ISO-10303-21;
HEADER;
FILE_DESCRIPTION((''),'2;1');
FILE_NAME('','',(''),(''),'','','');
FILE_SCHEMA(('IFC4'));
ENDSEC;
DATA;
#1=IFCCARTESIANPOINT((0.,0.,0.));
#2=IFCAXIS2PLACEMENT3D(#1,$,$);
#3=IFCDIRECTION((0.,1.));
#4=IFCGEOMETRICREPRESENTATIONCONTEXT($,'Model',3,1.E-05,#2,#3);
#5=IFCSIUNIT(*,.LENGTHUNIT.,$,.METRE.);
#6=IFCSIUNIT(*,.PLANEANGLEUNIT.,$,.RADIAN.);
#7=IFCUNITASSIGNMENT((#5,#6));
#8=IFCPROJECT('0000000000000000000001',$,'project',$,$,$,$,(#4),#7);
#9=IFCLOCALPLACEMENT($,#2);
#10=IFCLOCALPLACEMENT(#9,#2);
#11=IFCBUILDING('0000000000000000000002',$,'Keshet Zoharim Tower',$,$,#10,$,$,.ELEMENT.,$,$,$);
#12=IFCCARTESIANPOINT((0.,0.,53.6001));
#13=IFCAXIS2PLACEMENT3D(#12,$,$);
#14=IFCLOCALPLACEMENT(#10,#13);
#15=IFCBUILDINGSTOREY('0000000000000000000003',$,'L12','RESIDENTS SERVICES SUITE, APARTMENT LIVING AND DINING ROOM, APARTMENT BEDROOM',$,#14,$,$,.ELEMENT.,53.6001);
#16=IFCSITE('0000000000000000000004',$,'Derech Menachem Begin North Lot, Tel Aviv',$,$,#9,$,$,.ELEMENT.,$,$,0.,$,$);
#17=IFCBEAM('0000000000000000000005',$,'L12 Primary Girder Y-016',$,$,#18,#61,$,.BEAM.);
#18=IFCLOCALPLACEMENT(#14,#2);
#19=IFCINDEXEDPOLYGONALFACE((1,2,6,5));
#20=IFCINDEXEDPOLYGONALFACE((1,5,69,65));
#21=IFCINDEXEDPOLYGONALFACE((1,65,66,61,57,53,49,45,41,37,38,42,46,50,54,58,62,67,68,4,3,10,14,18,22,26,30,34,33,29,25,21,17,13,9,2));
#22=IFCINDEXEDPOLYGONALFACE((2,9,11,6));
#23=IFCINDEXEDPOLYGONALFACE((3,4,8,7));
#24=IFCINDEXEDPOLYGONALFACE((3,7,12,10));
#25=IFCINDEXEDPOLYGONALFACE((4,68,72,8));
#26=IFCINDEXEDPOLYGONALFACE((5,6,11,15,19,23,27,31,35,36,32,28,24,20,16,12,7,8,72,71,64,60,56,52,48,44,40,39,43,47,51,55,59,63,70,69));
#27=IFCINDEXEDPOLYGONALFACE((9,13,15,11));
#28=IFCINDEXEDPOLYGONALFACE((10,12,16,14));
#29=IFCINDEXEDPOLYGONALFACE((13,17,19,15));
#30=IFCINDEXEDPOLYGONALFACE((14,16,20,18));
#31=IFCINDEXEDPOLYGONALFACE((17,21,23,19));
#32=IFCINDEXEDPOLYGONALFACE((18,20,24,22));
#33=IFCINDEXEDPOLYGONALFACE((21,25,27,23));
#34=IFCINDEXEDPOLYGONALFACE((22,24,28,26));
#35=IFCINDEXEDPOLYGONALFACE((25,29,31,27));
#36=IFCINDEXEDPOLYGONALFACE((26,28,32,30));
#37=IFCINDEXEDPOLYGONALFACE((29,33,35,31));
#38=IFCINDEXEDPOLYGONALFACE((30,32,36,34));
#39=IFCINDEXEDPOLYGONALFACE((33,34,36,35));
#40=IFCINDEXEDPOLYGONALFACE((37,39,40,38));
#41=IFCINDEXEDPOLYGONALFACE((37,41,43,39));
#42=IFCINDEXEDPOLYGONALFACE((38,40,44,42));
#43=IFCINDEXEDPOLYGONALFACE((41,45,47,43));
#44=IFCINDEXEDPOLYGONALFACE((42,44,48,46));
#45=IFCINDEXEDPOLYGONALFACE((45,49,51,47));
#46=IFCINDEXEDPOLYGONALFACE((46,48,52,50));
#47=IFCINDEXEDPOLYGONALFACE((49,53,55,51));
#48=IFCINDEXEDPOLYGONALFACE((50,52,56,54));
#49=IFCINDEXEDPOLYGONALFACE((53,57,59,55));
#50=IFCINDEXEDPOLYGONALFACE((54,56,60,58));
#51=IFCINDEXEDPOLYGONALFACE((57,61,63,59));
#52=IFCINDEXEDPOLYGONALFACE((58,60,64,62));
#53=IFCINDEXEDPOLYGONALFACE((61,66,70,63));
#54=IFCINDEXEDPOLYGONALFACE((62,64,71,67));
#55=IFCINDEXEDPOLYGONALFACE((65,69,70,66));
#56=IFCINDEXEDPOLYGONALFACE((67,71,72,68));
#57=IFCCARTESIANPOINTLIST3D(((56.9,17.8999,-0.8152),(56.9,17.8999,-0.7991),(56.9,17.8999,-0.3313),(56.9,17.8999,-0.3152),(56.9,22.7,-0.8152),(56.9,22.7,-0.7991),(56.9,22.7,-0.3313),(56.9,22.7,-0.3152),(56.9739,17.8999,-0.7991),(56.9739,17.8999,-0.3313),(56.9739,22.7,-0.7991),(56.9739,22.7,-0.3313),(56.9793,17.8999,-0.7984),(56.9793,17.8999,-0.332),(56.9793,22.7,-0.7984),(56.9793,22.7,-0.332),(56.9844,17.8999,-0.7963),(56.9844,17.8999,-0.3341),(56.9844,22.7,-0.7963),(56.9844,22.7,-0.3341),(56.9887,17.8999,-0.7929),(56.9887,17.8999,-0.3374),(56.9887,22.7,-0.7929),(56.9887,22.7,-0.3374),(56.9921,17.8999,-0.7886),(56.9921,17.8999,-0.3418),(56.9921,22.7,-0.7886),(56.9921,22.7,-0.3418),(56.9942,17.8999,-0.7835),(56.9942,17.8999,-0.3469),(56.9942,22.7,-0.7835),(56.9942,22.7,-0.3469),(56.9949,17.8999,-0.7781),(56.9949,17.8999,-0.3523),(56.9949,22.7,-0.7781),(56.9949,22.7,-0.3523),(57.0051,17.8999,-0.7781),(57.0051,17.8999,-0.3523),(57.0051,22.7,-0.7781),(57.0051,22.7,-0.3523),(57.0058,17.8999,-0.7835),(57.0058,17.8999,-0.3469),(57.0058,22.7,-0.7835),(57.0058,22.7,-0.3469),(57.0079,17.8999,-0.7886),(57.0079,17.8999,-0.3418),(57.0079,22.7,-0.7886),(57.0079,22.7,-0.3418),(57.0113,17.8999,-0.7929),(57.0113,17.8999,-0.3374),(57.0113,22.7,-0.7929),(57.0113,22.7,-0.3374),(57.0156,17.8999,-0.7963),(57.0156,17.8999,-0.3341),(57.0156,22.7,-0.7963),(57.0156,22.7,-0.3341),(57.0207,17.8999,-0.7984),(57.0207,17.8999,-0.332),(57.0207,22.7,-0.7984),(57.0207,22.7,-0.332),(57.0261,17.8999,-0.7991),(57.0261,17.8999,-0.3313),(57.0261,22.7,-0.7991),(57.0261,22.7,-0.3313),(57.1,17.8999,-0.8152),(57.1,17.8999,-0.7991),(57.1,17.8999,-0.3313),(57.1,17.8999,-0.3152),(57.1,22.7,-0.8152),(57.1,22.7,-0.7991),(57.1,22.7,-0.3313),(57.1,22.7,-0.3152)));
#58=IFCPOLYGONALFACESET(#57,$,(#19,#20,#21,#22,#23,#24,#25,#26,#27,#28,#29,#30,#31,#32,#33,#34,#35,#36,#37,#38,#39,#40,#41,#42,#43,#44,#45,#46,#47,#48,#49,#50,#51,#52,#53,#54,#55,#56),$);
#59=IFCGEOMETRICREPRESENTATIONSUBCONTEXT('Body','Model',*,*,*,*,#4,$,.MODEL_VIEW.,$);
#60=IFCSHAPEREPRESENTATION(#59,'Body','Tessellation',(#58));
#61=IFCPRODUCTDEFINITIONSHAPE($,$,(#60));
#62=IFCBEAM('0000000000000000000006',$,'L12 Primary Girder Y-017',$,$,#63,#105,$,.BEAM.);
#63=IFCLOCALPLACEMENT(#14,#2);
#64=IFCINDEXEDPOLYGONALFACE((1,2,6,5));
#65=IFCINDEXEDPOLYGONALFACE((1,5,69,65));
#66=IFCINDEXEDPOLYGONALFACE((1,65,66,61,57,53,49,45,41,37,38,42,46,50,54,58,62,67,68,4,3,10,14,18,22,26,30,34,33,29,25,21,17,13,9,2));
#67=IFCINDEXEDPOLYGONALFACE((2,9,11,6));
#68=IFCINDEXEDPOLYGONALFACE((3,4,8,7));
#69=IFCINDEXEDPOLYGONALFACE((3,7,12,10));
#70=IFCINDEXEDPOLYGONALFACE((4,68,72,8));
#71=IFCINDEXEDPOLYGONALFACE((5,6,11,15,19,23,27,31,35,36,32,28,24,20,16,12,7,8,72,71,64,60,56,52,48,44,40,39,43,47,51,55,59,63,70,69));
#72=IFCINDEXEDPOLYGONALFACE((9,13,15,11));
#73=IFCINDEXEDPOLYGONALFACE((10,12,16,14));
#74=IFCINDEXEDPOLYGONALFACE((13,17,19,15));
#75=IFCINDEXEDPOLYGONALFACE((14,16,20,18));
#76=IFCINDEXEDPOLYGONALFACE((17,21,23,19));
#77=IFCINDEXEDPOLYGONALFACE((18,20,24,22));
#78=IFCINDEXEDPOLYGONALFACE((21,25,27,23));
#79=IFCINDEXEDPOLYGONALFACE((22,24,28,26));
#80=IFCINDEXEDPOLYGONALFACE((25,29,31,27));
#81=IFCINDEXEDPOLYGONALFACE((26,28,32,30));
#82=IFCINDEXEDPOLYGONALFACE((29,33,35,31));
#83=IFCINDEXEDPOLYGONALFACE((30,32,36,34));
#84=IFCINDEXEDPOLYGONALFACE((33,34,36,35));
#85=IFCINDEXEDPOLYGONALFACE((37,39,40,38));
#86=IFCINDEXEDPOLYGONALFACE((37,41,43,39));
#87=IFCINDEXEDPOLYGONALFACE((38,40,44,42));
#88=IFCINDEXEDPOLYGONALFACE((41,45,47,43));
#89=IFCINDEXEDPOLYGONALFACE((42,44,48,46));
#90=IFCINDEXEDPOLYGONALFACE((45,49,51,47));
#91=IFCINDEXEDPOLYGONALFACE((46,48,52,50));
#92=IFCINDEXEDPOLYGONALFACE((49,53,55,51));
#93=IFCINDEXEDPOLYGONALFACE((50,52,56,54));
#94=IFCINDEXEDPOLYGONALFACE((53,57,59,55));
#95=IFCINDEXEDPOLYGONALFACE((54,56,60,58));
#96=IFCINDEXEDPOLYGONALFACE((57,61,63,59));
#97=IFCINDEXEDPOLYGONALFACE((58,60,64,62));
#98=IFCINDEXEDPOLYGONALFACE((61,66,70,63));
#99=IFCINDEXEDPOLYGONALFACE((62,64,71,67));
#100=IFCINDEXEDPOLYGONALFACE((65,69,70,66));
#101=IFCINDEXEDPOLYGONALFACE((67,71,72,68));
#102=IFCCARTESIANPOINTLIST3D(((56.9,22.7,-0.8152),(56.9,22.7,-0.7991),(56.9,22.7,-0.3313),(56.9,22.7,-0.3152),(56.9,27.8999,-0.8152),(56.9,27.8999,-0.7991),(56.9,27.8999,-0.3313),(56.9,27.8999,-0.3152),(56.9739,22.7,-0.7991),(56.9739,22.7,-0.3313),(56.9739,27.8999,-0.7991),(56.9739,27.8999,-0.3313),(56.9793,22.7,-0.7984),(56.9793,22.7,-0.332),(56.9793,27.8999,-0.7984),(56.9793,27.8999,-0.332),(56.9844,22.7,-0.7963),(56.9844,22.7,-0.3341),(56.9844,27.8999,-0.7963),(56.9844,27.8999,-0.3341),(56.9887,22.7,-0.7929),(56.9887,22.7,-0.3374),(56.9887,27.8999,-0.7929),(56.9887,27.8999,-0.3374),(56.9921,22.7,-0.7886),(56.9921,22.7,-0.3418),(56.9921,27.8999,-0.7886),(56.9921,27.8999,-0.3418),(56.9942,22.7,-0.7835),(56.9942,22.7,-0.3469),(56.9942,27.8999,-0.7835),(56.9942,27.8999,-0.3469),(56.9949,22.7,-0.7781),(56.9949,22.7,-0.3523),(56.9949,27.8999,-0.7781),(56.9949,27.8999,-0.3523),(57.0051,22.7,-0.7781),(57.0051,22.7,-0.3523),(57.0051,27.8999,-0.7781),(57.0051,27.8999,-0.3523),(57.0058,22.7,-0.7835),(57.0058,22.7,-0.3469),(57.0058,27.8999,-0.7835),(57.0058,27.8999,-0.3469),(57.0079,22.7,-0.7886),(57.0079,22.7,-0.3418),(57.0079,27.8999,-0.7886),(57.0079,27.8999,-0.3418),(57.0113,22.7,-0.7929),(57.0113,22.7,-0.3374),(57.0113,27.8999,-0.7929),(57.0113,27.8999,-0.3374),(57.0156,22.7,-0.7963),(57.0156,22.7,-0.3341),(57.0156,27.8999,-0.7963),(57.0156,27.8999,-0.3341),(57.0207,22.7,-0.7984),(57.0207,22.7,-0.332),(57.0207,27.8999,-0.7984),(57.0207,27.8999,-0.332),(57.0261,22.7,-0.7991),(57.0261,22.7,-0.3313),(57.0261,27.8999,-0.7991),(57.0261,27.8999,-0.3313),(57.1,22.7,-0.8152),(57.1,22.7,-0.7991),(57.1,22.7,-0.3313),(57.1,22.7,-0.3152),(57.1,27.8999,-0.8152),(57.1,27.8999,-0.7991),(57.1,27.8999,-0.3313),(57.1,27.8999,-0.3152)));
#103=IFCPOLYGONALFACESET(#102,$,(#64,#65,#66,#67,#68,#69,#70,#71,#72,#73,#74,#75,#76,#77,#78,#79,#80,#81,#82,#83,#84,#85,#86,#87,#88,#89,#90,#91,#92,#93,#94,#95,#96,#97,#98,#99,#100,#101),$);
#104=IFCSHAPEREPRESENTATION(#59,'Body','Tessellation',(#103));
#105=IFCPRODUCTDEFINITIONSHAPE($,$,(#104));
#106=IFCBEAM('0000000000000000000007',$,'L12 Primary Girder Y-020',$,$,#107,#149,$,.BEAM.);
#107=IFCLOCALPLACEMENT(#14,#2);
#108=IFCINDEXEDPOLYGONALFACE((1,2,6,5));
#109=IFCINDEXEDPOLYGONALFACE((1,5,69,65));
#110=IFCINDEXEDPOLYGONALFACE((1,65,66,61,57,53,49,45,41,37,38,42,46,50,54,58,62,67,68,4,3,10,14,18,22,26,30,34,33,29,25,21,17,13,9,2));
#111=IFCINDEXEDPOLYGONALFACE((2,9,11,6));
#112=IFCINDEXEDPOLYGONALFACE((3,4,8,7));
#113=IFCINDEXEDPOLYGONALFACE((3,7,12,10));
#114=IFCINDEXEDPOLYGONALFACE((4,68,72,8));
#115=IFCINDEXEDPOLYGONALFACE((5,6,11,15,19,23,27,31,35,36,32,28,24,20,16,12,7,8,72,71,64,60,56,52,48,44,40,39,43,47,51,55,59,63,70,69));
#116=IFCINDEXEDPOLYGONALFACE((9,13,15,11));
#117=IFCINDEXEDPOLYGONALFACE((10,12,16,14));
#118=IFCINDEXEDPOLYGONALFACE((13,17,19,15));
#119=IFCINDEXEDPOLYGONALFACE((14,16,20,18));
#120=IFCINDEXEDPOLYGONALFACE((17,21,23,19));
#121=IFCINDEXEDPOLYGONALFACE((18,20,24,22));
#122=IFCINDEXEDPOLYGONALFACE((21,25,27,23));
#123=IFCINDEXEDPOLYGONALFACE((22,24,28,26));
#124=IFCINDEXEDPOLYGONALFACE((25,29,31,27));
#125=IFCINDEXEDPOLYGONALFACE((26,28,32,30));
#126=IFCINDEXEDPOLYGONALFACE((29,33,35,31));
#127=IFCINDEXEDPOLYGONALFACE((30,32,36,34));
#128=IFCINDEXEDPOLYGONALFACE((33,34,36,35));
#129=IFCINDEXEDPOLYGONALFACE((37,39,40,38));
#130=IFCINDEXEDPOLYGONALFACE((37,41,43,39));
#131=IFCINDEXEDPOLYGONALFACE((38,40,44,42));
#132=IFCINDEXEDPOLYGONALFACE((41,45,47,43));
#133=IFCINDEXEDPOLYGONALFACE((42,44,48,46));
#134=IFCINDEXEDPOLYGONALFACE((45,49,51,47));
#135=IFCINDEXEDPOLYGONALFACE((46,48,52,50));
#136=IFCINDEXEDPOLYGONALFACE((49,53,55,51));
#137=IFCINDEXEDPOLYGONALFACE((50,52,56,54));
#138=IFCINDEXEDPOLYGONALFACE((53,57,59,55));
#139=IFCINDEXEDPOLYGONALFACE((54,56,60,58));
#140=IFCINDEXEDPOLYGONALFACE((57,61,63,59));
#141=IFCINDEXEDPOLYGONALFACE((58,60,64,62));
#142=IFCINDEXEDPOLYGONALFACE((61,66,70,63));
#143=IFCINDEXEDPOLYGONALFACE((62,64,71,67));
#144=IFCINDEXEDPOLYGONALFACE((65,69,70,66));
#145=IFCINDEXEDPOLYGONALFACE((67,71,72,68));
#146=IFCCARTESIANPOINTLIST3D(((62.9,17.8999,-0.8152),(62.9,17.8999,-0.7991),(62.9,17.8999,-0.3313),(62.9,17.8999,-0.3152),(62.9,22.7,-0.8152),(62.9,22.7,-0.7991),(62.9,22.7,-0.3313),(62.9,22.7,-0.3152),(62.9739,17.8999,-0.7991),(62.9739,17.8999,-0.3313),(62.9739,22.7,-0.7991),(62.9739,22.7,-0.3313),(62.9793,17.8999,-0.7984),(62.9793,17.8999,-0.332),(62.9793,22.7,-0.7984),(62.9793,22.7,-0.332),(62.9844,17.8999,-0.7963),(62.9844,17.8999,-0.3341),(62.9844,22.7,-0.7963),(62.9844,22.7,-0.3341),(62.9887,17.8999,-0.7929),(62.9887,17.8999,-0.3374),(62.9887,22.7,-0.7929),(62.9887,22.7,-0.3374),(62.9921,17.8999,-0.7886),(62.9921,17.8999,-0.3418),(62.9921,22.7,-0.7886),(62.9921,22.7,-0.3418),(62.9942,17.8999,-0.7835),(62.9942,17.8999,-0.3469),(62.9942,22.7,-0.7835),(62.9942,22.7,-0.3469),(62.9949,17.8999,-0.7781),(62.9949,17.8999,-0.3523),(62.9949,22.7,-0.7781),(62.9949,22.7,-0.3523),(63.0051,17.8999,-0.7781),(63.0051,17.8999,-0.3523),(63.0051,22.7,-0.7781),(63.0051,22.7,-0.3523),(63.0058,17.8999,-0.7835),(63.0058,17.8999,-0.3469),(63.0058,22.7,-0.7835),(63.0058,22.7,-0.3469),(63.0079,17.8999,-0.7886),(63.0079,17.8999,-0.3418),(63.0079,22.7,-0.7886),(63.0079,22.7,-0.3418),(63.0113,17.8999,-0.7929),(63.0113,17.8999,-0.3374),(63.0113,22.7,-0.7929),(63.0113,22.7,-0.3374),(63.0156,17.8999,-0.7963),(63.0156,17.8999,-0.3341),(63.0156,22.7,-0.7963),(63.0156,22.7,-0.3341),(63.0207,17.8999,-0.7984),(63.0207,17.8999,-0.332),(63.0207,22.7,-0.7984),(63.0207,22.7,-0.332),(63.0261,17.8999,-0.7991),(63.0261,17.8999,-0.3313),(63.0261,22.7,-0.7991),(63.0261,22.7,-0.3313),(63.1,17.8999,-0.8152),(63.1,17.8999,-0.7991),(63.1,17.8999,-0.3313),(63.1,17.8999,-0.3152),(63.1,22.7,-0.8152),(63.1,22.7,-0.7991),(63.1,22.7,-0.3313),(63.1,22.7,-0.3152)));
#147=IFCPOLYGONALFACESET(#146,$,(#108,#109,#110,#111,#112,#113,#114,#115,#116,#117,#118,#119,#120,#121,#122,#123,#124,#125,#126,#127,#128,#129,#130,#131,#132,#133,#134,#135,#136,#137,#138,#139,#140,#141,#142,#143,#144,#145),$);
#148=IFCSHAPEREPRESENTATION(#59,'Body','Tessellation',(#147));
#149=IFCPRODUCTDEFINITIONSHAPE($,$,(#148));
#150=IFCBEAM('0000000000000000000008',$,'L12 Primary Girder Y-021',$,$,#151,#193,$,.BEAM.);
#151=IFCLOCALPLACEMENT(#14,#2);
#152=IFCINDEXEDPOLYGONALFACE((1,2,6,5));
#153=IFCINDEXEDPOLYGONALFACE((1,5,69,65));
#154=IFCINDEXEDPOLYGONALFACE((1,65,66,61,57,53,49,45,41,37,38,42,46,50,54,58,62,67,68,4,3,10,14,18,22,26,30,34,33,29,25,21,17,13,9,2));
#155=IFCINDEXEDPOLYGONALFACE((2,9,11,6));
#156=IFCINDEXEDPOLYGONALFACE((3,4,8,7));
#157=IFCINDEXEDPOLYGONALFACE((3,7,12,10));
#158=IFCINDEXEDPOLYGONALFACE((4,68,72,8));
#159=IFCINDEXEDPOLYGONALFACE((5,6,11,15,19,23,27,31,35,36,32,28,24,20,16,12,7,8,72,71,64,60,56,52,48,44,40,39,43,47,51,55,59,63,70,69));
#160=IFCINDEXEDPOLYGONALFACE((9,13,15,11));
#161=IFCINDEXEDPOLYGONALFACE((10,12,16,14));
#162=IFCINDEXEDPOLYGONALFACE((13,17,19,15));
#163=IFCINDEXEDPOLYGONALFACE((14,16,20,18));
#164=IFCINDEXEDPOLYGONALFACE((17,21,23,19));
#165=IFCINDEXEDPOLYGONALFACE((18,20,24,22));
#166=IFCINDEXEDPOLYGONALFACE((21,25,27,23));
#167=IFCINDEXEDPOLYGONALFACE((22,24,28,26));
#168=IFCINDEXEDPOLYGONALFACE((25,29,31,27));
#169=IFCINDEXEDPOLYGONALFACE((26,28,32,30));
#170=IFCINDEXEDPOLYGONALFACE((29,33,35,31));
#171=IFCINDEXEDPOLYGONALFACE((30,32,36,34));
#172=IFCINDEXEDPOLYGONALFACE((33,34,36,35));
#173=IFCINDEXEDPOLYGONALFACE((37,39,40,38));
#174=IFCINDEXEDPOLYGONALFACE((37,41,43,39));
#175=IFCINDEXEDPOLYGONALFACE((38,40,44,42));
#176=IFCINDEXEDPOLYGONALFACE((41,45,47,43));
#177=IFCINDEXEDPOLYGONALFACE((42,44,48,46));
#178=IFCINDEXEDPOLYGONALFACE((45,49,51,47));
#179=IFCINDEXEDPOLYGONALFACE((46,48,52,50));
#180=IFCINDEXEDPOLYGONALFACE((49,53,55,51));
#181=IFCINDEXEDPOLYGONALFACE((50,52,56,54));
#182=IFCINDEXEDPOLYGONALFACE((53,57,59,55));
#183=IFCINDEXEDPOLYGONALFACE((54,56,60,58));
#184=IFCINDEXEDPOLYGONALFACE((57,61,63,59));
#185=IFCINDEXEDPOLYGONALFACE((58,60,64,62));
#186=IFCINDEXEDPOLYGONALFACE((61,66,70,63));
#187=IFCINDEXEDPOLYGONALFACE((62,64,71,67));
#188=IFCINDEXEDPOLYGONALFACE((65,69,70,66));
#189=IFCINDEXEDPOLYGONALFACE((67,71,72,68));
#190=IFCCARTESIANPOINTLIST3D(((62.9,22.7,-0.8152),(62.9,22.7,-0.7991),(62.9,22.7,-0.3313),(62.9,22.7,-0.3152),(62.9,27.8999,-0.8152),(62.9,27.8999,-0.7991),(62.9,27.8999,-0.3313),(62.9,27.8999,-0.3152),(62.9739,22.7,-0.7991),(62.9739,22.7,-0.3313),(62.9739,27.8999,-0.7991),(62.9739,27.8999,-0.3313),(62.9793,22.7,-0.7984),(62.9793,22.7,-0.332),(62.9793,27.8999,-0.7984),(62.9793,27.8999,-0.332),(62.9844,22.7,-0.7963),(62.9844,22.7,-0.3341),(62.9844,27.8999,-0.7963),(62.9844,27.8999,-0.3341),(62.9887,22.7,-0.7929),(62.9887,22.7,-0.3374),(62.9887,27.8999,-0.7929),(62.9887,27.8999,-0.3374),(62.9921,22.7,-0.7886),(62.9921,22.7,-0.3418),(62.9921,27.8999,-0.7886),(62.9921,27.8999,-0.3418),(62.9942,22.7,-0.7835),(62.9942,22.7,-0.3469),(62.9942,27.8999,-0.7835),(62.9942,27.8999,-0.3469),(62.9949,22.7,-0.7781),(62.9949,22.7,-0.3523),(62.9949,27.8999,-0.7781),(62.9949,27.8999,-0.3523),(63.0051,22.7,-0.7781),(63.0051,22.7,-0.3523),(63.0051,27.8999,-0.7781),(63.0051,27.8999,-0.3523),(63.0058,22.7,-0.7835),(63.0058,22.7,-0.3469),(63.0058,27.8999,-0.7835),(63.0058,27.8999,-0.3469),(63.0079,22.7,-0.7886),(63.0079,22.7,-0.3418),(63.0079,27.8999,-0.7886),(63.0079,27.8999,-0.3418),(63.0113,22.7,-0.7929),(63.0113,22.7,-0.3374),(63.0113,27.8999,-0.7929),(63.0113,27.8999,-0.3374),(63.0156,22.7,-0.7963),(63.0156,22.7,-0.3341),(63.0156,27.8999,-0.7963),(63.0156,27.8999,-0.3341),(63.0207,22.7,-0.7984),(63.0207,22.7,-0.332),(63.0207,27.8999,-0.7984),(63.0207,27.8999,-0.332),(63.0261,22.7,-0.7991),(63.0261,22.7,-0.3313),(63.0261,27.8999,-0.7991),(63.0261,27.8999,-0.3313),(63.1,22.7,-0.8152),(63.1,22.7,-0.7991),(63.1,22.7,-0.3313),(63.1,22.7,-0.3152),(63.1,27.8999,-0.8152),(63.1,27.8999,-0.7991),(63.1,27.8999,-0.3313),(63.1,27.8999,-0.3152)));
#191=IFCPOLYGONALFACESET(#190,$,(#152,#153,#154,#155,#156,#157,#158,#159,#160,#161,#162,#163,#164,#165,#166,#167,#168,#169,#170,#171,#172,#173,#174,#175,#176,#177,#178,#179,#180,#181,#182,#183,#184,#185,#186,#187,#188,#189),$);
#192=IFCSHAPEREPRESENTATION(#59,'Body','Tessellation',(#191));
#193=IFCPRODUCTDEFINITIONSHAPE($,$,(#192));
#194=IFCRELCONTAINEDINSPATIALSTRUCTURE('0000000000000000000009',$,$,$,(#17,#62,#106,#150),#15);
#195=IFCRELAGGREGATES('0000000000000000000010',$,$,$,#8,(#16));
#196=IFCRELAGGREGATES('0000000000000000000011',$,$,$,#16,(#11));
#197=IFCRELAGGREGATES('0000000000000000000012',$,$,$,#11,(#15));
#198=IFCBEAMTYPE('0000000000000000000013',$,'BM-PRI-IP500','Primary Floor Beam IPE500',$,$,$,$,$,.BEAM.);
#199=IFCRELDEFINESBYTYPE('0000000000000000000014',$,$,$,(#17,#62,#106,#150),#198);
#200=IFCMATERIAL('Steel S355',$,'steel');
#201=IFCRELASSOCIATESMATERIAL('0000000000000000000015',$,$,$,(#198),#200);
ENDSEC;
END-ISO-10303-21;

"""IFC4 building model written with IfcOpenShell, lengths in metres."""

from ifc_helpers import new_model, si_unit, direction, frame, origin, origin_2d, place, context, subcontext, project, spatial, i_section, extrude, material, material_profile, profile_set, type_object, element, save


model = new_model("IFC4")

# Units and contexts
model_context = context("Model", 3, precision=1e-05, world=origin(), true_north=direction((0.0, 1.0)))
body_context = subcontext(model_context, "Body", "Model", "MODEL_VIEW")
ifc_project = project(units=[si_unit("LENGTHUNIT", "METRE"), si_unit("PLANEANGLEUNIT", "RADIAN")], contexts=[model_context])

# Site, building, storey
site_placement = place(None, origin())
site = spatial("IfcSite", under=ifc_project, at=site_placement, Name="Derech Menachem Begin North Lot, Tel Aviv", CompositionType="ELEMENT", RefElevation=0.0)
building_placement = place(site_placement, origin())
building = spatial("IfcBuilding", under=site, at=building_placement, Name="Keshet Zoharim Tower", CompositionType="ELEMENT")
storey_placement = place(building_placement, frame((0.0, 0.0, 53.6001)))
storey = spatial("IfcBuildingStorey", under=building, at=storey_placement, Name="L12", Description="RESIDENTS SERVICES SUITE, APARTMENT LIVING AND DINING ROOM, APARTMENT BEDROOM", CompositionType="ELEMENT", Elevation=53.6001)

# Shared definitions
ifc_material_1 = material(Name="Steel S355", Category="steel")

# Beams
ifc_material_profile_1 = material_profile(ifc_material_1, i_section(OverallWidth=0.2, OverallDepth=0.5, WebThickness=0.0103, FlangeThickness=0.0161, FilletRadius=0.021, at=origin_2d()), Name="IPE500")
ifc_profile_set_1 = profile_set([ifc_material_profile_1], Name="Steel S355")
beam_type_1 = type_object("IfcBeamType", Name="BM-PRI-IP500", Description="Primary Floor Beam IPE500", PredefinedType="BEAM", material=ifc_profile_set_1)
beam_1_placement = place(storey_placement, frame((57.0, 17.8999, -0.5652), z_axis=(0.0, 1.0, 0.0), x_axis=(-1.0, 0.0, 0.0)))
element("IfcBeam", 1, at=beam_1_placement, inside=storey, type_object=beam_type_1, Name="L12 Primary Girder Y-016", PredefinedType="BEAM", context=body_context, shape_type="SweptSolid", body=[
    extrude(i_section(OverallWidth=0.2, OverallDepth=0.5, WebThickness=0.0103, FlangeThickness=0.0161, FilletRadius=0.021, at=origin_2d()), origin(), (0.0, 0.0, 1.0), 4.8),
])
beam_2_placement = place(storey_placement, frame((57.0, 22.7, -0.5652), z_axis=(0.0, 1.0, 0.0), x_axis=(-1.0, 0.0, 0.0)))
element("IfcBeam", 2, at=beam_2_placement, inside=storey, type_object=beam_type_1, Name="L12 Primary Girder Y-017", PredefinedType="BEAM", context=body_context, shape_type="SweptSolid", body=[
    extrude(i_section(OverallWidth=0.2, OverallDepth=0.5, WebThickness=0.0103, FlangeThickness=0.0161, FilletRadius=0.021, at=origin_2d()), origin(), (0.0, 0.0, 1.0), 5.2),
])
beam_3_placement = place(storey_placement, frame((63.0, 17.8999, -0.5652), z_axis=(0.0, 1.0, 0.0), x_axis=(-1.0, 0.0, 0.0)))
element("IfcBeam", 3, at=beam_3_placement, inside=storey, type_object=beam_type_1, Name="L12 Primary Girder Y-020", PredefinedType="BEAM", context=body_context, shape_type="SweptSolid", body=[
    extrude(i_section(OverallWidth=0.2, OverallDepth=0.5, WebThickness=0.0103, FlangeThickness=0.0161, FilletRadius=0.021, at=origin_2d()), origin(), (0.0, 0.0, 1.0), 4.8),
])
beam_4_placement = place(storey_placement, frame((63.0, 22.7, -0.5652), z_axis=(0.0, 1.0, 0.0), x_axis=(-1.0, 0.0, 0.0)))
element("IfcBeam", 4, at=beam_4_placement, inside=storey, type_object=beam_type_1, Name="L12 Primary Girder Y-021", PredefinedType="BEAM", context=body_context, shape_type="SweptSolid", body=[
    extrude(i_section(OverallWidth=0.2, OverallDepth=0.5, WebThickness=0.0103, FlangeThickness=0.0161, FilletRadius=0.021, at=origin_2d()), origin(), (0.0, 0.0, 1.0), 5.2),
])

save(model, "model.ifc")
